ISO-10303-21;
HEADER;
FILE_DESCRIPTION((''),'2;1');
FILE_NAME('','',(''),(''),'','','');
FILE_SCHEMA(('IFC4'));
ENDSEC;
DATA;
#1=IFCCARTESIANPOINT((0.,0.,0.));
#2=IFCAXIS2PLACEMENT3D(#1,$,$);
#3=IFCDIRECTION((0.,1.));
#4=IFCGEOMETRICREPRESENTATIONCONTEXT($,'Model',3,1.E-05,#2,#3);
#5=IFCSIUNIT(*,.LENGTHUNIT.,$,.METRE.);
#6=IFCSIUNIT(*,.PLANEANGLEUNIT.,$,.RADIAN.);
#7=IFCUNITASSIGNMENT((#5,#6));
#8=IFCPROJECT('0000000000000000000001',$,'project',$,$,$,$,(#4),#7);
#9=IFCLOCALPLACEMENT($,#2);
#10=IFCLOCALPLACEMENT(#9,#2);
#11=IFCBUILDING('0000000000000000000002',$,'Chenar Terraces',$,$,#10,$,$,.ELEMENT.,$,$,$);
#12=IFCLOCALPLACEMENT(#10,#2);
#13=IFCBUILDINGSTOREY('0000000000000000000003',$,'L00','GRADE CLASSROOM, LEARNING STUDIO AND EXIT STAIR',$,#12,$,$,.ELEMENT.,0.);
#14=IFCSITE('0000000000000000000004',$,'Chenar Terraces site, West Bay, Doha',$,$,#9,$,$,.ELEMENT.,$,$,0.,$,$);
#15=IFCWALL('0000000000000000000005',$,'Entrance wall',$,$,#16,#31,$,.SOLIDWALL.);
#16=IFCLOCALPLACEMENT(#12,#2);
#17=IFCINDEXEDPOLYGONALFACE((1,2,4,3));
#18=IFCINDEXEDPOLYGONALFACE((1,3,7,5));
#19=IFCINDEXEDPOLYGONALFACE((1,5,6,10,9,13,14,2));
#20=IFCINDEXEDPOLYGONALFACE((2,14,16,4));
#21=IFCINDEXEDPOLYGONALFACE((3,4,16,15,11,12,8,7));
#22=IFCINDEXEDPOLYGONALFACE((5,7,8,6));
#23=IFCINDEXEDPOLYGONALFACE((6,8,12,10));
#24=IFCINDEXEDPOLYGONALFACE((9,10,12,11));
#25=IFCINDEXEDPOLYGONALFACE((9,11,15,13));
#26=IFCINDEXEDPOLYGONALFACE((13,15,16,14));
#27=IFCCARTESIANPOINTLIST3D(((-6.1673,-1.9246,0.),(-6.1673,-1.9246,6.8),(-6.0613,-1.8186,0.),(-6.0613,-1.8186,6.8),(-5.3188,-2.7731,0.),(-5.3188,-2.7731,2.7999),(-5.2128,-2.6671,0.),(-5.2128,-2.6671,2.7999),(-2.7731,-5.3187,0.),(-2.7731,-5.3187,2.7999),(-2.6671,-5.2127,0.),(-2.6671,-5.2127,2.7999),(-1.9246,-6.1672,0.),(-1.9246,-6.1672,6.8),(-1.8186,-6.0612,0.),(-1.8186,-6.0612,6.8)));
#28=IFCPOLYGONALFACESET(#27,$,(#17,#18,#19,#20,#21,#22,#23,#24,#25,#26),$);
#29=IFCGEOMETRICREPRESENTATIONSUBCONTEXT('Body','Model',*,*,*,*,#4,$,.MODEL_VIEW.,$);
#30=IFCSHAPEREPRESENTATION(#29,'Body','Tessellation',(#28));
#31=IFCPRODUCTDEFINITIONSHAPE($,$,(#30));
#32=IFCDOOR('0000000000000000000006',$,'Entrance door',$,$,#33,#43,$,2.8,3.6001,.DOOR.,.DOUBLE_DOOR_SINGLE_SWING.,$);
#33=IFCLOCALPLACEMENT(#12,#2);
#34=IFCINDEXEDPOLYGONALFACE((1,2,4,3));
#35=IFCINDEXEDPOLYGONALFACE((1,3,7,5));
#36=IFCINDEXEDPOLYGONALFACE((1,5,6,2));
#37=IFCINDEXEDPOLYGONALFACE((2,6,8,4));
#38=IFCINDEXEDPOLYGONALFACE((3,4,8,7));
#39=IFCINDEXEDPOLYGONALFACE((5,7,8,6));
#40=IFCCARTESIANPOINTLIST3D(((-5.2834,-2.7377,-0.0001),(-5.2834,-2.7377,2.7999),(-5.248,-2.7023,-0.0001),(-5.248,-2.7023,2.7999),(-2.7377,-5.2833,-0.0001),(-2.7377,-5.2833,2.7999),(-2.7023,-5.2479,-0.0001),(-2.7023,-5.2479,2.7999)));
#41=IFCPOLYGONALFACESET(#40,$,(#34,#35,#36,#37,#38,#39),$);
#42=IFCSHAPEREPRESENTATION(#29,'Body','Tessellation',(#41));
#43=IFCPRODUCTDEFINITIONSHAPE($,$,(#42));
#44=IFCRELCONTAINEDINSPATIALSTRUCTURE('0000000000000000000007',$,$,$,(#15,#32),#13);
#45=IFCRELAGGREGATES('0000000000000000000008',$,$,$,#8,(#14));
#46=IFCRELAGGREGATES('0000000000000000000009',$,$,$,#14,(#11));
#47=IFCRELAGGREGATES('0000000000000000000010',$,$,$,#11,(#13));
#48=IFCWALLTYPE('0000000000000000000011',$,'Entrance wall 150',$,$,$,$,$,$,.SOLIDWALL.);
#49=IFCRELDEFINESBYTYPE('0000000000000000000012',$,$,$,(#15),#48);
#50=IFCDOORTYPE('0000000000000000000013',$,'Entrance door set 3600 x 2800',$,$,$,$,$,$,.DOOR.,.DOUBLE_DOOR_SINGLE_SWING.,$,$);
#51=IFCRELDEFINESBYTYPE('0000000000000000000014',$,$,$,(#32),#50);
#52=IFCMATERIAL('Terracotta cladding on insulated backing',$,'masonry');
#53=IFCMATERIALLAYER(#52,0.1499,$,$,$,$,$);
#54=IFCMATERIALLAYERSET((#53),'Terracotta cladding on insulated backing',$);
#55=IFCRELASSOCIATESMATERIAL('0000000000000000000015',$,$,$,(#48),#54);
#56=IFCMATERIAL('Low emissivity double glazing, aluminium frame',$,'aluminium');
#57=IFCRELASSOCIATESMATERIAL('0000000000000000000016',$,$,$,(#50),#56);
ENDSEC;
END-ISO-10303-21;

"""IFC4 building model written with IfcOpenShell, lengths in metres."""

from ifc_helpers import new_model, si_unit, direction, frame, frame_2d, origin, place, context, subcontext, project, spatial, rectangle, extrude, material, layer, layer_set, type_object, element, fill, save


model = new_model("IFC4")

# Units and contexts
model_context = context("Model", 3, precision=1e-05, world=origin(), true_north=direction((0.0, 1.0)))
body_context = subcontext(model_context, "Body", "Model", "MODEL_VIEW")
ifc_project = project(units=[si_unit("LENGTHUNIT", "METRE"), si_unit("PLANEANGLEUNIT", "RADIAN")], contexts=[model_context])

# Site, building, storey
site_placement = place(None, origin())
site = spatial("IfcSite", under=ifc_project, at=site_placement, Name="Chenar Terraces site, West Bay, Doha", CompositionType="ELEMENT", RefElevation=0.0)
building_placement = place(site_placement, origin())
building = spatial("IfcBuilding", under=site, at=building_placement, Name="Chenar Terraces", CompositionType="ELEMENT")
storey_placement = place(building_placement, origin())
storey = spatial("IfcBuildingStorey", under=building, at=storey_placement, Name="L00", Description="GRADE CLASSROOM, LEARNING STUDIO AND EXIT STAIR", CompositionType="ELEMENT", Elevation=0.0)

# Wall, opening, door
ifc_material_1 = material(Name="Terracotta cladding on insulated backing", Category="masonry")
ifc_layer = layer(ifc_material_1, 0.1499)
ifc_layer_set = layer_set([ifc_layer], Name="Terracotta cladding on insulated backing")
wall_type = type_object("IfcWallType", Name="Entrance wall 150", PredefinedType="SOLIDWALL", material=ifc_layer_set)
wall_placement = place(storey_placement, frame((-6.1143, -1.8716, 0.0), z_axis=(0.0, 0.0, 1.0), x_axis=(0.707107, -0.707107, 0.0)))
wall = element("IfcWall", 1, at=wall_placement, inside=storey, type_object=wall_type, Name="Entrance wall", PredefinedType="SOLIDWALL", context=body_context, shape_type="SweptSolid", body=[
    extrude(rectangle(XDim=6.0, YDim=0.1499, at=frame_2d((3.0, 0.0))), origin(), (0.0, 0.0, 1.0), 6.8),
])
opening_placement = place(wall_placement, frame((1.2, 0.0, 0.0)))
opening = element("IfcOpeningElement", 2, at=opening_placement, cuts=wall, PredefinedType="OPENING", context=body_context, shape_type="SweptSolid", body=[
    extrude(rectangle(XDim=3.6001, YDim=2.8, at=frame_2d((1.8, 1.3999))), frame((0.0, 0.085, 0.0), z_axis=(0.0, -1.0, 0.0), x_axis=(1.0, 0.0, 0.0)), (0.0, 0.0, 1.0), 0.1699),
])
ifc_material_2 = material(Name="Low emissivity double glazing, aluminium frame", Category="aluminium")
door_type = type_object("IfcDoorType", Name="Entrance door set 3600 x 2800", OperationType="DOUBLE_DOOR_SINGLE_SWING", PredefinedType="DOOR", material=ifc_material_2)
door_placement = place(opening_placement, frame((3.6001, 0.0, 0.0), z_axis=(0.0, 0.0, 1.0), x_axis=(-1.0, 0.0, 0.0)))
door = element("IfcDoor", 3, at=door_placement, inside=storey, type_object=door_type, Name="Entrance door", OperationType="DOUBLE_DOOR_SINGLE_SWING", OverallHeight=2.8, OverallWidth=3.6001, PredefinedType="DOOR", context=body_context, shape_type="SweptSolid", body=[
    extrude(rectangle(XDim=3.6001, YDim=2.8, at=frame_2d((1.8, 1.3999))), frame((0.0, 0.0249, 0.0), z_axis=(0.0, -1.0, 0.0), x_axis=(1.0, 0.0, 0.0)), (0.0, 0.0, 1.0), 0.05),
])
fill(opening, door)

save(model, "model.ifc")
